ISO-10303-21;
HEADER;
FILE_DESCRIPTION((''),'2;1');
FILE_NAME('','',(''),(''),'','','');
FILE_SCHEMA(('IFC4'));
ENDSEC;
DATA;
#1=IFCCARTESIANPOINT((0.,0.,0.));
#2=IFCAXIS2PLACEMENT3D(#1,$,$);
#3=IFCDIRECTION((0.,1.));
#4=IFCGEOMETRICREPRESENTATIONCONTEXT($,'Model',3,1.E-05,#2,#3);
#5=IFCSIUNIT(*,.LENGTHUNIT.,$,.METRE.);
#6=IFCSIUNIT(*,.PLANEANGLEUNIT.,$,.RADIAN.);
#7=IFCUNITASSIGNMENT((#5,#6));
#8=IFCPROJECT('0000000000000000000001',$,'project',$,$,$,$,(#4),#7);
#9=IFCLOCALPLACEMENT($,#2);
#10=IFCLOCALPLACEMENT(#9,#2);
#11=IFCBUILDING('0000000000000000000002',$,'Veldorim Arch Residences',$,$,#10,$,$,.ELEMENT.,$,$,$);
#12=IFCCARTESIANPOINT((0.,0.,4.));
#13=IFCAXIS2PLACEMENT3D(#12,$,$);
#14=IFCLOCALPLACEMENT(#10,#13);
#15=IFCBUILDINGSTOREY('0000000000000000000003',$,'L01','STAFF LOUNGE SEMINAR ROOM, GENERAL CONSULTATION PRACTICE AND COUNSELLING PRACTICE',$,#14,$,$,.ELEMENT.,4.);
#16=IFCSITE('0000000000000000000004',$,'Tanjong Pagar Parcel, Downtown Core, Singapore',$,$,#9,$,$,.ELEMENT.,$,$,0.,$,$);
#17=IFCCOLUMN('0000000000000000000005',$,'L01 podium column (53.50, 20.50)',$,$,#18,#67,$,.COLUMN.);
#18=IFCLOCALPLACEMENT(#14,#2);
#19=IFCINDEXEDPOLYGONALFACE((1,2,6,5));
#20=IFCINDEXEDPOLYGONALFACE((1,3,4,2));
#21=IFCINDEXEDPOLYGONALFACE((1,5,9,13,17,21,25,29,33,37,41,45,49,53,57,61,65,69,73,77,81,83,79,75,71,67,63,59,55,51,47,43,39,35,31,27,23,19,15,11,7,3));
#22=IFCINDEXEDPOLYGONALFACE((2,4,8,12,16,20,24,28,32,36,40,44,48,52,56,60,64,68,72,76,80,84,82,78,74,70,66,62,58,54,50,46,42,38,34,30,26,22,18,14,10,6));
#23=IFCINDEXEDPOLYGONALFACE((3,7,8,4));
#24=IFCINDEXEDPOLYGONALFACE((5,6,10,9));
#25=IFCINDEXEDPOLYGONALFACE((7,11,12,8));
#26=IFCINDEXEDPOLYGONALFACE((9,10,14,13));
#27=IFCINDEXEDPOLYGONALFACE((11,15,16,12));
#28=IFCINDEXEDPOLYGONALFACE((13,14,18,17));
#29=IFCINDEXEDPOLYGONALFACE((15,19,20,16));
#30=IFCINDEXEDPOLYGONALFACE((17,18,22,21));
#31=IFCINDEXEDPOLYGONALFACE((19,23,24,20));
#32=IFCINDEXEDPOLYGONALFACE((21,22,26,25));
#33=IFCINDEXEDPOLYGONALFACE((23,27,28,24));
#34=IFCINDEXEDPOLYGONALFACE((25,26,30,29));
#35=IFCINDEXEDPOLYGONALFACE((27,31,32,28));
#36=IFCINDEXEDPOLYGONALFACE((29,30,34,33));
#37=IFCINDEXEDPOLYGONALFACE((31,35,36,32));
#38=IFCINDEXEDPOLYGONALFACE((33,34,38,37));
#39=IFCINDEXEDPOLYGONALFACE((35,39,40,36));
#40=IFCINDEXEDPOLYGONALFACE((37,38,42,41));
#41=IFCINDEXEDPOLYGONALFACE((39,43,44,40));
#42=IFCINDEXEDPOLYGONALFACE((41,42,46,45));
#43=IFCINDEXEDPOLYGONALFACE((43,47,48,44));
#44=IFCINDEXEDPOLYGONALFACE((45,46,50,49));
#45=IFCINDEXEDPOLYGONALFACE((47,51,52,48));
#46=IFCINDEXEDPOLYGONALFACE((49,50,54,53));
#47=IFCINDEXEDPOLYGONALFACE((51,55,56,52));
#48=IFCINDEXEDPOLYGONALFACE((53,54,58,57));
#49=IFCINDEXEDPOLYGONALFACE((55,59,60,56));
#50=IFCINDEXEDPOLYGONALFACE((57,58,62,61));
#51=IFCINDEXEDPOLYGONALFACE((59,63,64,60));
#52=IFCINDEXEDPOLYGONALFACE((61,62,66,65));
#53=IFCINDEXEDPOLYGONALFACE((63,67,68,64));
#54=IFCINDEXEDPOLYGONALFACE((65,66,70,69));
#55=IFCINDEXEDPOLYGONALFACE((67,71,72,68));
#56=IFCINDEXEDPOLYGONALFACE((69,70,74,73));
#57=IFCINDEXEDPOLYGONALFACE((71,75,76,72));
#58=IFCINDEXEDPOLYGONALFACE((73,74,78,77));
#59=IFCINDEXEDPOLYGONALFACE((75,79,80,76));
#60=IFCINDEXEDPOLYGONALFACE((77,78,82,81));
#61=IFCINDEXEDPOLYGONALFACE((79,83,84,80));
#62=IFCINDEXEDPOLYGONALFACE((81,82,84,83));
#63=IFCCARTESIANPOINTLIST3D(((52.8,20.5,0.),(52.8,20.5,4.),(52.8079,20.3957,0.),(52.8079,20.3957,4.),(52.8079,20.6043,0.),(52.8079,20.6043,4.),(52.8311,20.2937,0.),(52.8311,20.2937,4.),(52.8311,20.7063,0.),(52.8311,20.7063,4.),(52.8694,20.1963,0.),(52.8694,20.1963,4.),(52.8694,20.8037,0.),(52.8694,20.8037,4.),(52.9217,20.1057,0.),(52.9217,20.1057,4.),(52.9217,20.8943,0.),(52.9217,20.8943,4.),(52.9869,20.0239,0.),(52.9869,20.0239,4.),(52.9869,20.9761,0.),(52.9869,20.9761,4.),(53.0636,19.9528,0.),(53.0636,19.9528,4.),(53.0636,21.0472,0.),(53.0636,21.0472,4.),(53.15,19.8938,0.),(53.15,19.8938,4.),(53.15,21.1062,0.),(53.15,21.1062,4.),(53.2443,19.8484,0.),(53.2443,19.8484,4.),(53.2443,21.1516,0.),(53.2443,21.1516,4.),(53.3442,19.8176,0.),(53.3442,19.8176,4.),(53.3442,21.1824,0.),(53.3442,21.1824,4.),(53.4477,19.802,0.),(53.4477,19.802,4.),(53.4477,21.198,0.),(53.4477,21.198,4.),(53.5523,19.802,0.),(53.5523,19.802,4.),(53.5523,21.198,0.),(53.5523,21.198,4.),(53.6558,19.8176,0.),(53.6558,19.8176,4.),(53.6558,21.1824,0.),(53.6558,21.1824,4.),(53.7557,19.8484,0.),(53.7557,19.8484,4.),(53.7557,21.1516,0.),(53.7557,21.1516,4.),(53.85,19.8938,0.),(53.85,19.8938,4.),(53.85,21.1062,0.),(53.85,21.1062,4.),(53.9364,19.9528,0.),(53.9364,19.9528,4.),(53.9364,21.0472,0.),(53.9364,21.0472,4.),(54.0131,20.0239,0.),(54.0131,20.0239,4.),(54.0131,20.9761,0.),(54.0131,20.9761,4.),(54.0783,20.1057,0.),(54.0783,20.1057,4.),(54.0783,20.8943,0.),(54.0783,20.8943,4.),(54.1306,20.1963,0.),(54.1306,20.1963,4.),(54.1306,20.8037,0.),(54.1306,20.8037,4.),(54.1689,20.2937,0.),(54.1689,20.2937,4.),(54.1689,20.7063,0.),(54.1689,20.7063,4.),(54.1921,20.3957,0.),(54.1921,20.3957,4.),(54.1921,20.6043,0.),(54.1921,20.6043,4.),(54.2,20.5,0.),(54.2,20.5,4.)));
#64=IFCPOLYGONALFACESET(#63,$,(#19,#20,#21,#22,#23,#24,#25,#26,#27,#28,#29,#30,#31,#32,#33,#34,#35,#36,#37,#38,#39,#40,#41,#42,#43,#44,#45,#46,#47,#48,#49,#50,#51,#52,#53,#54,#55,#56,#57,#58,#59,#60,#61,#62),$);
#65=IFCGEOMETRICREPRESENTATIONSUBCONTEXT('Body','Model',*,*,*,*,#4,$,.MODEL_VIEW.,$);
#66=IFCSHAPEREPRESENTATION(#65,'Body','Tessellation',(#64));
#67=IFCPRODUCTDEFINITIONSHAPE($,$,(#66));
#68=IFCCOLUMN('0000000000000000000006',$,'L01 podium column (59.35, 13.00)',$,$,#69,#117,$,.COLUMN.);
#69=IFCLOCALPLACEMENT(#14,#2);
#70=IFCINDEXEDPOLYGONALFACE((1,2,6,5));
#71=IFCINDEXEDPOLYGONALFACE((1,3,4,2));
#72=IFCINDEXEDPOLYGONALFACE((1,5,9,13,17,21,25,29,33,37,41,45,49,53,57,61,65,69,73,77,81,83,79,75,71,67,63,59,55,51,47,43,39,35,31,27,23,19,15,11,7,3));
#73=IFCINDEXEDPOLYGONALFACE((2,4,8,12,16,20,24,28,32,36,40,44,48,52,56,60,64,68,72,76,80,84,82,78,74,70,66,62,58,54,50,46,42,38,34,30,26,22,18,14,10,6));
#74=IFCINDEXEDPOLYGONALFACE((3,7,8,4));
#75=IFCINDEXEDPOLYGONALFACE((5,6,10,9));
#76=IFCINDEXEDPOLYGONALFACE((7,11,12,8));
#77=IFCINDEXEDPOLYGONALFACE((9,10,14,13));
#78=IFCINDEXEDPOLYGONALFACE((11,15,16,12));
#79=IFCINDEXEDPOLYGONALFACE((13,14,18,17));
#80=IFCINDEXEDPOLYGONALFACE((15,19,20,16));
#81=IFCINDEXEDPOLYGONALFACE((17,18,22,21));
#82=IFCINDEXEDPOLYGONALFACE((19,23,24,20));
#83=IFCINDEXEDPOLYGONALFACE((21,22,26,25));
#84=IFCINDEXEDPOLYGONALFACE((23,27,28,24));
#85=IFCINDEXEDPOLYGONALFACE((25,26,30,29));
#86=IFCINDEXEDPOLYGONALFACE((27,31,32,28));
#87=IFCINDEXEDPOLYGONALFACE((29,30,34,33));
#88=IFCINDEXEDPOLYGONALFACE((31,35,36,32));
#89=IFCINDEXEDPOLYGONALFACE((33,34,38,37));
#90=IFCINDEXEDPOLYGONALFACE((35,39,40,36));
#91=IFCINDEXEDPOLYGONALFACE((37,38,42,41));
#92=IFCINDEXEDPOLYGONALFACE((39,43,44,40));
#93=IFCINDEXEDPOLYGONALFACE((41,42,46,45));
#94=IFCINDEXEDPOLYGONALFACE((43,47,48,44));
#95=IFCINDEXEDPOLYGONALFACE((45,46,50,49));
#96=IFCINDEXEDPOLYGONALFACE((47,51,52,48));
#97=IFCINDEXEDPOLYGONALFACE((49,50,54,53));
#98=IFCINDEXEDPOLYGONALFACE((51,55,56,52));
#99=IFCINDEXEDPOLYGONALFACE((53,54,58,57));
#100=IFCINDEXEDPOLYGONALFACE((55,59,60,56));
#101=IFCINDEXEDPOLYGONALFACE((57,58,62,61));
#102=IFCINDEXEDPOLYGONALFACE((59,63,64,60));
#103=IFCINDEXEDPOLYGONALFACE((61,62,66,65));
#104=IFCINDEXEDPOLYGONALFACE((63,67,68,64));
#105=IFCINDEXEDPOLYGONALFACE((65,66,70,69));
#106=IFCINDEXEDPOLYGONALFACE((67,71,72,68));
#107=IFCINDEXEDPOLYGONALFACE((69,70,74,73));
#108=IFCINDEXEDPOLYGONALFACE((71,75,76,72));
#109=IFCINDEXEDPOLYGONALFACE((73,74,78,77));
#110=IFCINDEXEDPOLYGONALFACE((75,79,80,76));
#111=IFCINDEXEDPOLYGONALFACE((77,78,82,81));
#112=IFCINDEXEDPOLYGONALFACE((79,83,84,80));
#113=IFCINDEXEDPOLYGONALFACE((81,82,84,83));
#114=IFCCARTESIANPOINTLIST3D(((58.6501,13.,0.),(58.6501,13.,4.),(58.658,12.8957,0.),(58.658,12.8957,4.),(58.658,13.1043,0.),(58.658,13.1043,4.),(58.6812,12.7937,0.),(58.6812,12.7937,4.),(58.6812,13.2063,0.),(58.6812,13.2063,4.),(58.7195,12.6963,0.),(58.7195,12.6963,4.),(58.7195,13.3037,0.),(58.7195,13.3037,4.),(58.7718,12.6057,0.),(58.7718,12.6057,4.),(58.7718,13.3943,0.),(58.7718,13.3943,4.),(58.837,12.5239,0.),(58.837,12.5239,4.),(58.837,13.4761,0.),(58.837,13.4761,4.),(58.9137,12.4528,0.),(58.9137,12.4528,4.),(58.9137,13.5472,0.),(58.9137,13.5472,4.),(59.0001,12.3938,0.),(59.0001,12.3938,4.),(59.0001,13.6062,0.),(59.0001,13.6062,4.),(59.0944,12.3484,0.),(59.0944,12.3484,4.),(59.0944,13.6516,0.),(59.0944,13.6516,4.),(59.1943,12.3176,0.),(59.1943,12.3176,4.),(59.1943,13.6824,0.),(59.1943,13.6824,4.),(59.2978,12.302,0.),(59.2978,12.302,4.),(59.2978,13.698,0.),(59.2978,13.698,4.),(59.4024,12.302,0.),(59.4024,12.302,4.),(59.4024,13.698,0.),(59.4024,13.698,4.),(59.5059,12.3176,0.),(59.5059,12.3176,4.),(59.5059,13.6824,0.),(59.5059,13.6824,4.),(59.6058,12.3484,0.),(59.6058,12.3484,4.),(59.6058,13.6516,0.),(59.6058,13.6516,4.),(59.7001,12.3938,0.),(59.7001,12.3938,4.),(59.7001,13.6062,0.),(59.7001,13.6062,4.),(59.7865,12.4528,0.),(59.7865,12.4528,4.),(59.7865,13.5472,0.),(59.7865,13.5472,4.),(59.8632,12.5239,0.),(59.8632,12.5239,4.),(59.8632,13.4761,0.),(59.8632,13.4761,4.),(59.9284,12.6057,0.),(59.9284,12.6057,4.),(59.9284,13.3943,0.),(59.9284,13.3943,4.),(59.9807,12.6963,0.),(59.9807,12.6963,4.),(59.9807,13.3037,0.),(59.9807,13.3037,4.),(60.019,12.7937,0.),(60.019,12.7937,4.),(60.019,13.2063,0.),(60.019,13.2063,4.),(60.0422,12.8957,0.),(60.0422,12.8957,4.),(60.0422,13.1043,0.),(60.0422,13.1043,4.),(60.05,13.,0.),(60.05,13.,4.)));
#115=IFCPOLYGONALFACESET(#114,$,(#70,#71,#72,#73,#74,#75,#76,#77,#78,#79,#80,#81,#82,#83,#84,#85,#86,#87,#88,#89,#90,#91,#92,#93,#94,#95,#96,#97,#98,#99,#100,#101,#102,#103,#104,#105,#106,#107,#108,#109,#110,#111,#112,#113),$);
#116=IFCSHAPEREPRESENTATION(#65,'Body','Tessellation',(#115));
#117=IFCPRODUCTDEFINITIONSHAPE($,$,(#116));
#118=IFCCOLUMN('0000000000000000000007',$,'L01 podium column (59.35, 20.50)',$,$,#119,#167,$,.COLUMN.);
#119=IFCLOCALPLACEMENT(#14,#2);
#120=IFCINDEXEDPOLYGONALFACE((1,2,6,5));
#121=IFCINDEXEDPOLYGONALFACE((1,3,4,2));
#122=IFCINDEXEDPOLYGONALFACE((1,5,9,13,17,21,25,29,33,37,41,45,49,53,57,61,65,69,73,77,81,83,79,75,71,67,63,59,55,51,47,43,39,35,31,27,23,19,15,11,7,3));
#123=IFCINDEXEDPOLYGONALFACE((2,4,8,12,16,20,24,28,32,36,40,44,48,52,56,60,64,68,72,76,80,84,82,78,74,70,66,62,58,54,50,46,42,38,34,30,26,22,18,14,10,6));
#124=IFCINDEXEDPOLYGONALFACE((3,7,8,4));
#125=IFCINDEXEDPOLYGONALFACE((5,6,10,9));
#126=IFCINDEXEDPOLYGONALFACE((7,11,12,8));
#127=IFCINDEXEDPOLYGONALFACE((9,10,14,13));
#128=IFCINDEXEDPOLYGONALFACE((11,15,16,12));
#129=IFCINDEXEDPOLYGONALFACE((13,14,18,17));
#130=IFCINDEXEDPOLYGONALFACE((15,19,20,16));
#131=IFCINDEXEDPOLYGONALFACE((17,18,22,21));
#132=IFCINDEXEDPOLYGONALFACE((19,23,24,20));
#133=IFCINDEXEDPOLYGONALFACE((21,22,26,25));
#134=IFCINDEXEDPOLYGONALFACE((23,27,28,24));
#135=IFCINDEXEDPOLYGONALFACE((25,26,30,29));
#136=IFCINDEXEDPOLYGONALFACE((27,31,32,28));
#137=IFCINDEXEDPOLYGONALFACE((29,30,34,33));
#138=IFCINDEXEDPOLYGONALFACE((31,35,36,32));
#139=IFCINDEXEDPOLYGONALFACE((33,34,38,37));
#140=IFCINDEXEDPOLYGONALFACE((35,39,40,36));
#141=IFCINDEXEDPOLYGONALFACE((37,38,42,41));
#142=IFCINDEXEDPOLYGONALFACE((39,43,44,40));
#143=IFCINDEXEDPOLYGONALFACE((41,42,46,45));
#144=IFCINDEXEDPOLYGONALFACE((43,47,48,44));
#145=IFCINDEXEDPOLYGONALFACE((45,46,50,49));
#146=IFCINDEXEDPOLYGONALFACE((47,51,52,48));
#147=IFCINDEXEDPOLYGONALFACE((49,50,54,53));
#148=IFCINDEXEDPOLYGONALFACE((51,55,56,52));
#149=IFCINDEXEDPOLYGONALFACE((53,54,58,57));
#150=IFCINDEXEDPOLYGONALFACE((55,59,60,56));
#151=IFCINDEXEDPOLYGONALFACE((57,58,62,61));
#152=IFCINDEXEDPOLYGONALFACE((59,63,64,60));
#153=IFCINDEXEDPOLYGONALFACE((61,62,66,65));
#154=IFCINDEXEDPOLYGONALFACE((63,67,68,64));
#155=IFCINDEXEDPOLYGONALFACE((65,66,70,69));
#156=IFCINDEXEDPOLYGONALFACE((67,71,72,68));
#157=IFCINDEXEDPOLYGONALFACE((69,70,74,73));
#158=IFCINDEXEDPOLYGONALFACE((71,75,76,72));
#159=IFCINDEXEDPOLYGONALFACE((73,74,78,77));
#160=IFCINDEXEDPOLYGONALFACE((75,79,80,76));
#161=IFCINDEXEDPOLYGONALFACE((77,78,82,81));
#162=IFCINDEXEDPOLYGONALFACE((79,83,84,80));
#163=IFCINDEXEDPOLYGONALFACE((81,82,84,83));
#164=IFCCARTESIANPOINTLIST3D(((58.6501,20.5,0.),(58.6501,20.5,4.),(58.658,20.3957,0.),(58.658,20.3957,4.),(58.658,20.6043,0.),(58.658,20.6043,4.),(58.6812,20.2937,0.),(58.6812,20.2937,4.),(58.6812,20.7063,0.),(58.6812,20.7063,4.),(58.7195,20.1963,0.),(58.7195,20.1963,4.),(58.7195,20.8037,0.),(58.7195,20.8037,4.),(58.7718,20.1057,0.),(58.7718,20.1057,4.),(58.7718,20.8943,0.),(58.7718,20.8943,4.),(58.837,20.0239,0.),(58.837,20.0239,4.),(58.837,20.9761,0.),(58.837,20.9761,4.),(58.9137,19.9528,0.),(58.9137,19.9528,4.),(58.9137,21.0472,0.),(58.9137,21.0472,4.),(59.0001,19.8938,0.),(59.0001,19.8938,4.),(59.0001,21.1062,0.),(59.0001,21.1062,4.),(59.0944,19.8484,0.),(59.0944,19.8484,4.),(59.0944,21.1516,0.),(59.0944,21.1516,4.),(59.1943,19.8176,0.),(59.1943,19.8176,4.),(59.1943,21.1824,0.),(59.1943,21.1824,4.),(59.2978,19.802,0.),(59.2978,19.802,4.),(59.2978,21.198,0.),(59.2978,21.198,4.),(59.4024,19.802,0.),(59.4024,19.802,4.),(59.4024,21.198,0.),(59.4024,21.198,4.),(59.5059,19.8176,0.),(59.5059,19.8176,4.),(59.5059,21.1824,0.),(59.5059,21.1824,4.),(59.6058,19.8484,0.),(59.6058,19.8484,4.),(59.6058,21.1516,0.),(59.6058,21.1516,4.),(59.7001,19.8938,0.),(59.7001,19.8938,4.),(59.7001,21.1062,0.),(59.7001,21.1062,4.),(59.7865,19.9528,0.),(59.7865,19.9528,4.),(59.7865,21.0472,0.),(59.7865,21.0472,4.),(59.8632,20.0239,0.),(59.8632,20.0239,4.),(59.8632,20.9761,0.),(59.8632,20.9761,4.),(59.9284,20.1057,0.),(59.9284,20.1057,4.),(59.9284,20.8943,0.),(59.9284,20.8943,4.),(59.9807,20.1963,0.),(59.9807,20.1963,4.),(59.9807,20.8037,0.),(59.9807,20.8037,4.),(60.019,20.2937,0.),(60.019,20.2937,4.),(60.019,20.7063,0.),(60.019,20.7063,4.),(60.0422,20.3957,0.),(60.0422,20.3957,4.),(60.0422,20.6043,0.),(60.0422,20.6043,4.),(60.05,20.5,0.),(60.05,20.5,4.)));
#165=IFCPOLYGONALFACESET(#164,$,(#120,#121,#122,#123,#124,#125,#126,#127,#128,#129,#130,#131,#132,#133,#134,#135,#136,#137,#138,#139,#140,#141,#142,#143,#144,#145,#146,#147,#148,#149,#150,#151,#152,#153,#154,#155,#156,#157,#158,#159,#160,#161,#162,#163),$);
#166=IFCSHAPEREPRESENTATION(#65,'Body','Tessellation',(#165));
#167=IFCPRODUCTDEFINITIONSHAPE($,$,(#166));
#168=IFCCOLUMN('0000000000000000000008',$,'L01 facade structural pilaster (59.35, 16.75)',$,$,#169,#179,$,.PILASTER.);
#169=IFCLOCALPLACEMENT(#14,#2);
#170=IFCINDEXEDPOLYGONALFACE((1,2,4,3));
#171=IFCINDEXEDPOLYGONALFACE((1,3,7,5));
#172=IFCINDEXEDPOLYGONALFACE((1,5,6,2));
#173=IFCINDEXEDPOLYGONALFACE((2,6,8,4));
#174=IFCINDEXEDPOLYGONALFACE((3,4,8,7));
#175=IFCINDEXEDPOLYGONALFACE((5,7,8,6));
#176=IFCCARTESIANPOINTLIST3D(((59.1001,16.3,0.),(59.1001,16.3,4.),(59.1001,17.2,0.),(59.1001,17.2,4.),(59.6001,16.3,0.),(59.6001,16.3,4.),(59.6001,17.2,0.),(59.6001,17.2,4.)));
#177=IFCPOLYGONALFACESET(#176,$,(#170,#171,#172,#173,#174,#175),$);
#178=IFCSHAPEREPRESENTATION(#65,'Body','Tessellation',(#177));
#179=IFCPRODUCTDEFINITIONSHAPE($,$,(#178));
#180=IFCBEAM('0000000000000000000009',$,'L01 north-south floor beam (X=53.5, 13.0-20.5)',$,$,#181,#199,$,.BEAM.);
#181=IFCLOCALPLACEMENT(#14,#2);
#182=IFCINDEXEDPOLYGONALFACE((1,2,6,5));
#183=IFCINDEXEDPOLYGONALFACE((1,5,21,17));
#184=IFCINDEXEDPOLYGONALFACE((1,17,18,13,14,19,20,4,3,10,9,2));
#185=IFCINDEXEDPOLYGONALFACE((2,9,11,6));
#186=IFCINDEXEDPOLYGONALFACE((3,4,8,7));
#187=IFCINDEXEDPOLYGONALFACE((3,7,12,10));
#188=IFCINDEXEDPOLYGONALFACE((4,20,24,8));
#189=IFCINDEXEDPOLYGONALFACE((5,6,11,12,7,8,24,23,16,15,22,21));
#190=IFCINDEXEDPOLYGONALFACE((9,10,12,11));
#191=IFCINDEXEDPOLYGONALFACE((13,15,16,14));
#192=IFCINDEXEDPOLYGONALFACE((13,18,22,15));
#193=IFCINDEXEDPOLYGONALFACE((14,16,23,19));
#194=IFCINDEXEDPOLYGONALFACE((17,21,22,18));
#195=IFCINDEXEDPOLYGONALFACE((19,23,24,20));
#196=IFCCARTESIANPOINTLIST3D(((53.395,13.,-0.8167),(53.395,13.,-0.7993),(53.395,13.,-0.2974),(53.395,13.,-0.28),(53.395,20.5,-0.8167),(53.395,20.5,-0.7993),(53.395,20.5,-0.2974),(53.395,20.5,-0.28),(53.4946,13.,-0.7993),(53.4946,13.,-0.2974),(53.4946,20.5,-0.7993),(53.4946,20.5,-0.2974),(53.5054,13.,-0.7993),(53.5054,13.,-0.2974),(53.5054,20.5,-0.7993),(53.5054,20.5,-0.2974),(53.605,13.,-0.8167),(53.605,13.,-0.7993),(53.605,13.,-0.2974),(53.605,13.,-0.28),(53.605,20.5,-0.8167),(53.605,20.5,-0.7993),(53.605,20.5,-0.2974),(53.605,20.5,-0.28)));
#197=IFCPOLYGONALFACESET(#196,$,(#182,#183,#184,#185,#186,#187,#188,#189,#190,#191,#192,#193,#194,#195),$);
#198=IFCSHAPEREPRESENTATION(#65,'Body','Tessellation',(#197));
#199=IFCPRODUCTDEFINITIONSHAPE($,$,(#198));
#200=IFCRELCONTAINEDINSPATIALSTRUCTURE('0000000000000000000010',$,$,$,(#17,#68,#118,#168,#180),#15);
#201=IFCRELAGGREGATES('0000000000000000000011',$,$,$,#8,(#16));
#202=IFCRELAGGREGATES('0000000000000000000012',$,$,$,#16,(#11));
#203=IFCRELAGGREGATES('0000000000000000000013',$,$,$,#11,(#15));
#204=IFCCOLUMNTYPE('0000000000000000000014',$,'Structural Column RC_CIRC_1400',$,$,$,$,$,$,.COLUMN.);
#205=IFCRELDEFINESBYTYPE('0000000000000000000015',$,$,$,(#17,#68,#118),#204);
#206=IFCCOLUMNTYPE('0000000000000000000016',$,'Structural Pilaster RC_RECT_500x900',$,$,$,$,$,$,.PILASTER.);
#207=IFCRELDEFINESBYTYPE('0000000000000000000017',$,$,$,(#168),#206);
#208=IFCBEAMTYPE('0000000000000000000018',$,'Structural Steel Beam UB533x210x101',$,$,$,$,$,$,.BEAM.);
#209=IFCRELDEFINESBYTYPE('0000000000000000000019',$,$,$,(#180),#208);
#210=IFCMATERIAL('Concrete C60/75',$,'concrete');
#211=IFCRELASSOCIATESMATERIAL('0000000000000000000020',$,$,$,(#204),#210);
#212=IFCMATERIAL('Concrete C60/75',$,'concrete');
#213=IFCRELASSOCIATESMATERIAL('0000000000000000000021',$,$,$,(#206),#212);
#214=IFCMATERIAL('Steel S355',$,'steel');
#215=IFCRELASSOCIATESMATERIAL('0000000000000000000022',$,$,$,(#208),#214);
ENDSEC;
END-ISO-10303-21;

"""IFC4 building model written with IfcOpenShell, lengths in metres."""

from ifc_helpers import new_model, si_unit, direction, frame, origin, origin_2d, place, context, subcontext, project, spatial, rectangle, circle, i_section, extrude, material, material_profile, profile_set, type_object, element, save


model = new_model("IFC4")

# Units and contexts
model_context = context("Model", 3, precision=1e-05, world=origin(), true_north=direction((0.0, 1.0)))
body_context = subcontext(model_context, "Body", "Model", "MODEL_VIEW")
ifc_project = project(units=[si_unit("LENGTHUNIT", "METRE"), si_unit("PLANEANGLEUNIT", "RADIAN")], contexts=[model_context])

# Site, building, storey
site_placement = place(None, origin())
site = spatial("IfcSite", under=ifc_project, at=site_placement, Name="Tanjong Pagar Parcel, Downtown Core, Singapore", CompositionType="ELEMENT", RefElevation=0.0)
building_placement = place(site_placement, origin())
building = spatial("IfcBuilding", under=site, at=building_placement, Name="Veldorim Arch Residences", CompositionType="ELEMENT")
storey_placement = place(building_placement, frame((0.0, 0.0, 4.0)))
storey = spatial("IfcBuildingStorey", under=building, at=storey_placement, Name="L01", Description="STAFF LOUNGE SEMINAR ROOM, GENERAL CONSULTATION PRACTICE AND COUNSELLING PRACTICE", CompositionType="ELEMENT", Elevation=4.0)

# Columns
ifc_material_1 = material(Name="Concrete C60/75", Category="concrete")
ifc_material_profile_1 = material_profile(ifc_material_1, circle(Radius=0.7, at=origin_2d()), Name="RC_CIRC_1400")
ifc_profile_set_1 = profile_set([ifc_material_profile_1], Name="Concrete C60/75")
column_type_1 = type_object("IfcColumnType", Name="Structural Column RC_CIRC_1400", PredefinedType="COLUMN", material=ifc_profile_set_1)
for number, where, z_axis, x_axis, name in (
    (1, (53.5, 20.5, 0.0), (0.0, 0.0, 1.0), (1.0, 0.0, 0.0), "L01 podium column (53.50, 20.50)"),
    (2, (59.3501, 13.0, 0.0), (0.0, 0.0, 1.0), (1.0, 0.0, 0.0), "L01 podium column (59.35, 13.00)"),
    (3, (59.3501, 20.5, 0.0), (0.0, 0.0, 1.0), (1.0, 0.0, 0.0), "L01 podium column (59.35, 20.50)"),
):
    element("IfcColumn", number, at=place(storey_placement, frame(where, z_axis=z_axis, x_axis=x_axis)), inside=storey, type_object=column_type_1, Name=name, PredefinedType="COLUMN", context=body_context, shape_type="SweptSolid", body=[
        extrude(circle(Radius=0.7, at=origin_2d()), origin(), (0.0, 0.0, 1.0), 4.0),
    ])
ifc_material_2 = material(Name="Concrete C60/75", Category="concrete")
ifc_material_profile_2 = material_profile(ifc_material_2, rectangle(XDim=0.5, YDim=0.8999, at=origin_2d()), Name="RC_RECT_500x900")
ifc_profile_set_2 = profile_set([ifc_material_profile_2], Name="Concrete C60/75")
column_type_2 = type_object("IfcColumnType", Name="Structural Pilaster RC_RECT_500x900", PredefinedType="PILASTER", material=ifc_profile_set_2)
column_placement = place(storey_placement, frame((59.3501, 16.75, 0.0), z_axis=(0.0, 0.0, 1.0), x_axis=(1.0, 0.0, 0.0)))
element("IfcColumn", 4, at=column_placement, inside=storey, type_object=column_type_2, Name="L01 facade structural pilaster (59.35, 16.75)", PredefinedType="PILASTER", context=body_context, shape_type="SweptSolid", body=[
    extrude(rectangle(XDim=0.5, YDim=0.8999, at=origin_2d()), origin(), (0.0, 0.0, 1.0), 4.0),
])

# Beam
ifc_material_3 = material(Name="Steel S355", Category="steel")
ifc_material_profile_3 = material_profile(ifc_material_3, i_section(OverallWidth=0.21, OverallDepth=0.5366, WebThickness=0.0107, FlangeThickness=0.0173, at=origin_2d()), Name="UB533x210x101")
ifc_profile_set_3 = profile_set([ifc_material_profile_3], Name="Steel S355")
beam_type_1 = type_object("IfcBeamType", Name="Structural Steel Beam UB533x210x101", PredefinedType="BEAM", material=ifc_profile_set_3)
beam_1_placement = place(storey_placement, frame((53.5, 13.0, -0.5483), z_axis=(0.0, 1.0, 0.0), x_axis=(-1.0, 0.0, 0.0)))
element("IfcBeam", 5, at=beam_1_placement, inside=storey, type_object=beam_type_1, Name="L01 north-south floor beam (X=53.5, 13.0-20.5)", PredefinedType="BEAM", context=body_context, shape_type="SweptSolid", body=[
    extrude(i_section(OverallWidth=0.21, OverallDepth=0.5366, WebThickness=0.0107, FlangeThickness=0.0173, at=origin_2d()), origin(), (0.0, 0.0, 1.0), 7.5),
])

save(model, "model.ifc")
